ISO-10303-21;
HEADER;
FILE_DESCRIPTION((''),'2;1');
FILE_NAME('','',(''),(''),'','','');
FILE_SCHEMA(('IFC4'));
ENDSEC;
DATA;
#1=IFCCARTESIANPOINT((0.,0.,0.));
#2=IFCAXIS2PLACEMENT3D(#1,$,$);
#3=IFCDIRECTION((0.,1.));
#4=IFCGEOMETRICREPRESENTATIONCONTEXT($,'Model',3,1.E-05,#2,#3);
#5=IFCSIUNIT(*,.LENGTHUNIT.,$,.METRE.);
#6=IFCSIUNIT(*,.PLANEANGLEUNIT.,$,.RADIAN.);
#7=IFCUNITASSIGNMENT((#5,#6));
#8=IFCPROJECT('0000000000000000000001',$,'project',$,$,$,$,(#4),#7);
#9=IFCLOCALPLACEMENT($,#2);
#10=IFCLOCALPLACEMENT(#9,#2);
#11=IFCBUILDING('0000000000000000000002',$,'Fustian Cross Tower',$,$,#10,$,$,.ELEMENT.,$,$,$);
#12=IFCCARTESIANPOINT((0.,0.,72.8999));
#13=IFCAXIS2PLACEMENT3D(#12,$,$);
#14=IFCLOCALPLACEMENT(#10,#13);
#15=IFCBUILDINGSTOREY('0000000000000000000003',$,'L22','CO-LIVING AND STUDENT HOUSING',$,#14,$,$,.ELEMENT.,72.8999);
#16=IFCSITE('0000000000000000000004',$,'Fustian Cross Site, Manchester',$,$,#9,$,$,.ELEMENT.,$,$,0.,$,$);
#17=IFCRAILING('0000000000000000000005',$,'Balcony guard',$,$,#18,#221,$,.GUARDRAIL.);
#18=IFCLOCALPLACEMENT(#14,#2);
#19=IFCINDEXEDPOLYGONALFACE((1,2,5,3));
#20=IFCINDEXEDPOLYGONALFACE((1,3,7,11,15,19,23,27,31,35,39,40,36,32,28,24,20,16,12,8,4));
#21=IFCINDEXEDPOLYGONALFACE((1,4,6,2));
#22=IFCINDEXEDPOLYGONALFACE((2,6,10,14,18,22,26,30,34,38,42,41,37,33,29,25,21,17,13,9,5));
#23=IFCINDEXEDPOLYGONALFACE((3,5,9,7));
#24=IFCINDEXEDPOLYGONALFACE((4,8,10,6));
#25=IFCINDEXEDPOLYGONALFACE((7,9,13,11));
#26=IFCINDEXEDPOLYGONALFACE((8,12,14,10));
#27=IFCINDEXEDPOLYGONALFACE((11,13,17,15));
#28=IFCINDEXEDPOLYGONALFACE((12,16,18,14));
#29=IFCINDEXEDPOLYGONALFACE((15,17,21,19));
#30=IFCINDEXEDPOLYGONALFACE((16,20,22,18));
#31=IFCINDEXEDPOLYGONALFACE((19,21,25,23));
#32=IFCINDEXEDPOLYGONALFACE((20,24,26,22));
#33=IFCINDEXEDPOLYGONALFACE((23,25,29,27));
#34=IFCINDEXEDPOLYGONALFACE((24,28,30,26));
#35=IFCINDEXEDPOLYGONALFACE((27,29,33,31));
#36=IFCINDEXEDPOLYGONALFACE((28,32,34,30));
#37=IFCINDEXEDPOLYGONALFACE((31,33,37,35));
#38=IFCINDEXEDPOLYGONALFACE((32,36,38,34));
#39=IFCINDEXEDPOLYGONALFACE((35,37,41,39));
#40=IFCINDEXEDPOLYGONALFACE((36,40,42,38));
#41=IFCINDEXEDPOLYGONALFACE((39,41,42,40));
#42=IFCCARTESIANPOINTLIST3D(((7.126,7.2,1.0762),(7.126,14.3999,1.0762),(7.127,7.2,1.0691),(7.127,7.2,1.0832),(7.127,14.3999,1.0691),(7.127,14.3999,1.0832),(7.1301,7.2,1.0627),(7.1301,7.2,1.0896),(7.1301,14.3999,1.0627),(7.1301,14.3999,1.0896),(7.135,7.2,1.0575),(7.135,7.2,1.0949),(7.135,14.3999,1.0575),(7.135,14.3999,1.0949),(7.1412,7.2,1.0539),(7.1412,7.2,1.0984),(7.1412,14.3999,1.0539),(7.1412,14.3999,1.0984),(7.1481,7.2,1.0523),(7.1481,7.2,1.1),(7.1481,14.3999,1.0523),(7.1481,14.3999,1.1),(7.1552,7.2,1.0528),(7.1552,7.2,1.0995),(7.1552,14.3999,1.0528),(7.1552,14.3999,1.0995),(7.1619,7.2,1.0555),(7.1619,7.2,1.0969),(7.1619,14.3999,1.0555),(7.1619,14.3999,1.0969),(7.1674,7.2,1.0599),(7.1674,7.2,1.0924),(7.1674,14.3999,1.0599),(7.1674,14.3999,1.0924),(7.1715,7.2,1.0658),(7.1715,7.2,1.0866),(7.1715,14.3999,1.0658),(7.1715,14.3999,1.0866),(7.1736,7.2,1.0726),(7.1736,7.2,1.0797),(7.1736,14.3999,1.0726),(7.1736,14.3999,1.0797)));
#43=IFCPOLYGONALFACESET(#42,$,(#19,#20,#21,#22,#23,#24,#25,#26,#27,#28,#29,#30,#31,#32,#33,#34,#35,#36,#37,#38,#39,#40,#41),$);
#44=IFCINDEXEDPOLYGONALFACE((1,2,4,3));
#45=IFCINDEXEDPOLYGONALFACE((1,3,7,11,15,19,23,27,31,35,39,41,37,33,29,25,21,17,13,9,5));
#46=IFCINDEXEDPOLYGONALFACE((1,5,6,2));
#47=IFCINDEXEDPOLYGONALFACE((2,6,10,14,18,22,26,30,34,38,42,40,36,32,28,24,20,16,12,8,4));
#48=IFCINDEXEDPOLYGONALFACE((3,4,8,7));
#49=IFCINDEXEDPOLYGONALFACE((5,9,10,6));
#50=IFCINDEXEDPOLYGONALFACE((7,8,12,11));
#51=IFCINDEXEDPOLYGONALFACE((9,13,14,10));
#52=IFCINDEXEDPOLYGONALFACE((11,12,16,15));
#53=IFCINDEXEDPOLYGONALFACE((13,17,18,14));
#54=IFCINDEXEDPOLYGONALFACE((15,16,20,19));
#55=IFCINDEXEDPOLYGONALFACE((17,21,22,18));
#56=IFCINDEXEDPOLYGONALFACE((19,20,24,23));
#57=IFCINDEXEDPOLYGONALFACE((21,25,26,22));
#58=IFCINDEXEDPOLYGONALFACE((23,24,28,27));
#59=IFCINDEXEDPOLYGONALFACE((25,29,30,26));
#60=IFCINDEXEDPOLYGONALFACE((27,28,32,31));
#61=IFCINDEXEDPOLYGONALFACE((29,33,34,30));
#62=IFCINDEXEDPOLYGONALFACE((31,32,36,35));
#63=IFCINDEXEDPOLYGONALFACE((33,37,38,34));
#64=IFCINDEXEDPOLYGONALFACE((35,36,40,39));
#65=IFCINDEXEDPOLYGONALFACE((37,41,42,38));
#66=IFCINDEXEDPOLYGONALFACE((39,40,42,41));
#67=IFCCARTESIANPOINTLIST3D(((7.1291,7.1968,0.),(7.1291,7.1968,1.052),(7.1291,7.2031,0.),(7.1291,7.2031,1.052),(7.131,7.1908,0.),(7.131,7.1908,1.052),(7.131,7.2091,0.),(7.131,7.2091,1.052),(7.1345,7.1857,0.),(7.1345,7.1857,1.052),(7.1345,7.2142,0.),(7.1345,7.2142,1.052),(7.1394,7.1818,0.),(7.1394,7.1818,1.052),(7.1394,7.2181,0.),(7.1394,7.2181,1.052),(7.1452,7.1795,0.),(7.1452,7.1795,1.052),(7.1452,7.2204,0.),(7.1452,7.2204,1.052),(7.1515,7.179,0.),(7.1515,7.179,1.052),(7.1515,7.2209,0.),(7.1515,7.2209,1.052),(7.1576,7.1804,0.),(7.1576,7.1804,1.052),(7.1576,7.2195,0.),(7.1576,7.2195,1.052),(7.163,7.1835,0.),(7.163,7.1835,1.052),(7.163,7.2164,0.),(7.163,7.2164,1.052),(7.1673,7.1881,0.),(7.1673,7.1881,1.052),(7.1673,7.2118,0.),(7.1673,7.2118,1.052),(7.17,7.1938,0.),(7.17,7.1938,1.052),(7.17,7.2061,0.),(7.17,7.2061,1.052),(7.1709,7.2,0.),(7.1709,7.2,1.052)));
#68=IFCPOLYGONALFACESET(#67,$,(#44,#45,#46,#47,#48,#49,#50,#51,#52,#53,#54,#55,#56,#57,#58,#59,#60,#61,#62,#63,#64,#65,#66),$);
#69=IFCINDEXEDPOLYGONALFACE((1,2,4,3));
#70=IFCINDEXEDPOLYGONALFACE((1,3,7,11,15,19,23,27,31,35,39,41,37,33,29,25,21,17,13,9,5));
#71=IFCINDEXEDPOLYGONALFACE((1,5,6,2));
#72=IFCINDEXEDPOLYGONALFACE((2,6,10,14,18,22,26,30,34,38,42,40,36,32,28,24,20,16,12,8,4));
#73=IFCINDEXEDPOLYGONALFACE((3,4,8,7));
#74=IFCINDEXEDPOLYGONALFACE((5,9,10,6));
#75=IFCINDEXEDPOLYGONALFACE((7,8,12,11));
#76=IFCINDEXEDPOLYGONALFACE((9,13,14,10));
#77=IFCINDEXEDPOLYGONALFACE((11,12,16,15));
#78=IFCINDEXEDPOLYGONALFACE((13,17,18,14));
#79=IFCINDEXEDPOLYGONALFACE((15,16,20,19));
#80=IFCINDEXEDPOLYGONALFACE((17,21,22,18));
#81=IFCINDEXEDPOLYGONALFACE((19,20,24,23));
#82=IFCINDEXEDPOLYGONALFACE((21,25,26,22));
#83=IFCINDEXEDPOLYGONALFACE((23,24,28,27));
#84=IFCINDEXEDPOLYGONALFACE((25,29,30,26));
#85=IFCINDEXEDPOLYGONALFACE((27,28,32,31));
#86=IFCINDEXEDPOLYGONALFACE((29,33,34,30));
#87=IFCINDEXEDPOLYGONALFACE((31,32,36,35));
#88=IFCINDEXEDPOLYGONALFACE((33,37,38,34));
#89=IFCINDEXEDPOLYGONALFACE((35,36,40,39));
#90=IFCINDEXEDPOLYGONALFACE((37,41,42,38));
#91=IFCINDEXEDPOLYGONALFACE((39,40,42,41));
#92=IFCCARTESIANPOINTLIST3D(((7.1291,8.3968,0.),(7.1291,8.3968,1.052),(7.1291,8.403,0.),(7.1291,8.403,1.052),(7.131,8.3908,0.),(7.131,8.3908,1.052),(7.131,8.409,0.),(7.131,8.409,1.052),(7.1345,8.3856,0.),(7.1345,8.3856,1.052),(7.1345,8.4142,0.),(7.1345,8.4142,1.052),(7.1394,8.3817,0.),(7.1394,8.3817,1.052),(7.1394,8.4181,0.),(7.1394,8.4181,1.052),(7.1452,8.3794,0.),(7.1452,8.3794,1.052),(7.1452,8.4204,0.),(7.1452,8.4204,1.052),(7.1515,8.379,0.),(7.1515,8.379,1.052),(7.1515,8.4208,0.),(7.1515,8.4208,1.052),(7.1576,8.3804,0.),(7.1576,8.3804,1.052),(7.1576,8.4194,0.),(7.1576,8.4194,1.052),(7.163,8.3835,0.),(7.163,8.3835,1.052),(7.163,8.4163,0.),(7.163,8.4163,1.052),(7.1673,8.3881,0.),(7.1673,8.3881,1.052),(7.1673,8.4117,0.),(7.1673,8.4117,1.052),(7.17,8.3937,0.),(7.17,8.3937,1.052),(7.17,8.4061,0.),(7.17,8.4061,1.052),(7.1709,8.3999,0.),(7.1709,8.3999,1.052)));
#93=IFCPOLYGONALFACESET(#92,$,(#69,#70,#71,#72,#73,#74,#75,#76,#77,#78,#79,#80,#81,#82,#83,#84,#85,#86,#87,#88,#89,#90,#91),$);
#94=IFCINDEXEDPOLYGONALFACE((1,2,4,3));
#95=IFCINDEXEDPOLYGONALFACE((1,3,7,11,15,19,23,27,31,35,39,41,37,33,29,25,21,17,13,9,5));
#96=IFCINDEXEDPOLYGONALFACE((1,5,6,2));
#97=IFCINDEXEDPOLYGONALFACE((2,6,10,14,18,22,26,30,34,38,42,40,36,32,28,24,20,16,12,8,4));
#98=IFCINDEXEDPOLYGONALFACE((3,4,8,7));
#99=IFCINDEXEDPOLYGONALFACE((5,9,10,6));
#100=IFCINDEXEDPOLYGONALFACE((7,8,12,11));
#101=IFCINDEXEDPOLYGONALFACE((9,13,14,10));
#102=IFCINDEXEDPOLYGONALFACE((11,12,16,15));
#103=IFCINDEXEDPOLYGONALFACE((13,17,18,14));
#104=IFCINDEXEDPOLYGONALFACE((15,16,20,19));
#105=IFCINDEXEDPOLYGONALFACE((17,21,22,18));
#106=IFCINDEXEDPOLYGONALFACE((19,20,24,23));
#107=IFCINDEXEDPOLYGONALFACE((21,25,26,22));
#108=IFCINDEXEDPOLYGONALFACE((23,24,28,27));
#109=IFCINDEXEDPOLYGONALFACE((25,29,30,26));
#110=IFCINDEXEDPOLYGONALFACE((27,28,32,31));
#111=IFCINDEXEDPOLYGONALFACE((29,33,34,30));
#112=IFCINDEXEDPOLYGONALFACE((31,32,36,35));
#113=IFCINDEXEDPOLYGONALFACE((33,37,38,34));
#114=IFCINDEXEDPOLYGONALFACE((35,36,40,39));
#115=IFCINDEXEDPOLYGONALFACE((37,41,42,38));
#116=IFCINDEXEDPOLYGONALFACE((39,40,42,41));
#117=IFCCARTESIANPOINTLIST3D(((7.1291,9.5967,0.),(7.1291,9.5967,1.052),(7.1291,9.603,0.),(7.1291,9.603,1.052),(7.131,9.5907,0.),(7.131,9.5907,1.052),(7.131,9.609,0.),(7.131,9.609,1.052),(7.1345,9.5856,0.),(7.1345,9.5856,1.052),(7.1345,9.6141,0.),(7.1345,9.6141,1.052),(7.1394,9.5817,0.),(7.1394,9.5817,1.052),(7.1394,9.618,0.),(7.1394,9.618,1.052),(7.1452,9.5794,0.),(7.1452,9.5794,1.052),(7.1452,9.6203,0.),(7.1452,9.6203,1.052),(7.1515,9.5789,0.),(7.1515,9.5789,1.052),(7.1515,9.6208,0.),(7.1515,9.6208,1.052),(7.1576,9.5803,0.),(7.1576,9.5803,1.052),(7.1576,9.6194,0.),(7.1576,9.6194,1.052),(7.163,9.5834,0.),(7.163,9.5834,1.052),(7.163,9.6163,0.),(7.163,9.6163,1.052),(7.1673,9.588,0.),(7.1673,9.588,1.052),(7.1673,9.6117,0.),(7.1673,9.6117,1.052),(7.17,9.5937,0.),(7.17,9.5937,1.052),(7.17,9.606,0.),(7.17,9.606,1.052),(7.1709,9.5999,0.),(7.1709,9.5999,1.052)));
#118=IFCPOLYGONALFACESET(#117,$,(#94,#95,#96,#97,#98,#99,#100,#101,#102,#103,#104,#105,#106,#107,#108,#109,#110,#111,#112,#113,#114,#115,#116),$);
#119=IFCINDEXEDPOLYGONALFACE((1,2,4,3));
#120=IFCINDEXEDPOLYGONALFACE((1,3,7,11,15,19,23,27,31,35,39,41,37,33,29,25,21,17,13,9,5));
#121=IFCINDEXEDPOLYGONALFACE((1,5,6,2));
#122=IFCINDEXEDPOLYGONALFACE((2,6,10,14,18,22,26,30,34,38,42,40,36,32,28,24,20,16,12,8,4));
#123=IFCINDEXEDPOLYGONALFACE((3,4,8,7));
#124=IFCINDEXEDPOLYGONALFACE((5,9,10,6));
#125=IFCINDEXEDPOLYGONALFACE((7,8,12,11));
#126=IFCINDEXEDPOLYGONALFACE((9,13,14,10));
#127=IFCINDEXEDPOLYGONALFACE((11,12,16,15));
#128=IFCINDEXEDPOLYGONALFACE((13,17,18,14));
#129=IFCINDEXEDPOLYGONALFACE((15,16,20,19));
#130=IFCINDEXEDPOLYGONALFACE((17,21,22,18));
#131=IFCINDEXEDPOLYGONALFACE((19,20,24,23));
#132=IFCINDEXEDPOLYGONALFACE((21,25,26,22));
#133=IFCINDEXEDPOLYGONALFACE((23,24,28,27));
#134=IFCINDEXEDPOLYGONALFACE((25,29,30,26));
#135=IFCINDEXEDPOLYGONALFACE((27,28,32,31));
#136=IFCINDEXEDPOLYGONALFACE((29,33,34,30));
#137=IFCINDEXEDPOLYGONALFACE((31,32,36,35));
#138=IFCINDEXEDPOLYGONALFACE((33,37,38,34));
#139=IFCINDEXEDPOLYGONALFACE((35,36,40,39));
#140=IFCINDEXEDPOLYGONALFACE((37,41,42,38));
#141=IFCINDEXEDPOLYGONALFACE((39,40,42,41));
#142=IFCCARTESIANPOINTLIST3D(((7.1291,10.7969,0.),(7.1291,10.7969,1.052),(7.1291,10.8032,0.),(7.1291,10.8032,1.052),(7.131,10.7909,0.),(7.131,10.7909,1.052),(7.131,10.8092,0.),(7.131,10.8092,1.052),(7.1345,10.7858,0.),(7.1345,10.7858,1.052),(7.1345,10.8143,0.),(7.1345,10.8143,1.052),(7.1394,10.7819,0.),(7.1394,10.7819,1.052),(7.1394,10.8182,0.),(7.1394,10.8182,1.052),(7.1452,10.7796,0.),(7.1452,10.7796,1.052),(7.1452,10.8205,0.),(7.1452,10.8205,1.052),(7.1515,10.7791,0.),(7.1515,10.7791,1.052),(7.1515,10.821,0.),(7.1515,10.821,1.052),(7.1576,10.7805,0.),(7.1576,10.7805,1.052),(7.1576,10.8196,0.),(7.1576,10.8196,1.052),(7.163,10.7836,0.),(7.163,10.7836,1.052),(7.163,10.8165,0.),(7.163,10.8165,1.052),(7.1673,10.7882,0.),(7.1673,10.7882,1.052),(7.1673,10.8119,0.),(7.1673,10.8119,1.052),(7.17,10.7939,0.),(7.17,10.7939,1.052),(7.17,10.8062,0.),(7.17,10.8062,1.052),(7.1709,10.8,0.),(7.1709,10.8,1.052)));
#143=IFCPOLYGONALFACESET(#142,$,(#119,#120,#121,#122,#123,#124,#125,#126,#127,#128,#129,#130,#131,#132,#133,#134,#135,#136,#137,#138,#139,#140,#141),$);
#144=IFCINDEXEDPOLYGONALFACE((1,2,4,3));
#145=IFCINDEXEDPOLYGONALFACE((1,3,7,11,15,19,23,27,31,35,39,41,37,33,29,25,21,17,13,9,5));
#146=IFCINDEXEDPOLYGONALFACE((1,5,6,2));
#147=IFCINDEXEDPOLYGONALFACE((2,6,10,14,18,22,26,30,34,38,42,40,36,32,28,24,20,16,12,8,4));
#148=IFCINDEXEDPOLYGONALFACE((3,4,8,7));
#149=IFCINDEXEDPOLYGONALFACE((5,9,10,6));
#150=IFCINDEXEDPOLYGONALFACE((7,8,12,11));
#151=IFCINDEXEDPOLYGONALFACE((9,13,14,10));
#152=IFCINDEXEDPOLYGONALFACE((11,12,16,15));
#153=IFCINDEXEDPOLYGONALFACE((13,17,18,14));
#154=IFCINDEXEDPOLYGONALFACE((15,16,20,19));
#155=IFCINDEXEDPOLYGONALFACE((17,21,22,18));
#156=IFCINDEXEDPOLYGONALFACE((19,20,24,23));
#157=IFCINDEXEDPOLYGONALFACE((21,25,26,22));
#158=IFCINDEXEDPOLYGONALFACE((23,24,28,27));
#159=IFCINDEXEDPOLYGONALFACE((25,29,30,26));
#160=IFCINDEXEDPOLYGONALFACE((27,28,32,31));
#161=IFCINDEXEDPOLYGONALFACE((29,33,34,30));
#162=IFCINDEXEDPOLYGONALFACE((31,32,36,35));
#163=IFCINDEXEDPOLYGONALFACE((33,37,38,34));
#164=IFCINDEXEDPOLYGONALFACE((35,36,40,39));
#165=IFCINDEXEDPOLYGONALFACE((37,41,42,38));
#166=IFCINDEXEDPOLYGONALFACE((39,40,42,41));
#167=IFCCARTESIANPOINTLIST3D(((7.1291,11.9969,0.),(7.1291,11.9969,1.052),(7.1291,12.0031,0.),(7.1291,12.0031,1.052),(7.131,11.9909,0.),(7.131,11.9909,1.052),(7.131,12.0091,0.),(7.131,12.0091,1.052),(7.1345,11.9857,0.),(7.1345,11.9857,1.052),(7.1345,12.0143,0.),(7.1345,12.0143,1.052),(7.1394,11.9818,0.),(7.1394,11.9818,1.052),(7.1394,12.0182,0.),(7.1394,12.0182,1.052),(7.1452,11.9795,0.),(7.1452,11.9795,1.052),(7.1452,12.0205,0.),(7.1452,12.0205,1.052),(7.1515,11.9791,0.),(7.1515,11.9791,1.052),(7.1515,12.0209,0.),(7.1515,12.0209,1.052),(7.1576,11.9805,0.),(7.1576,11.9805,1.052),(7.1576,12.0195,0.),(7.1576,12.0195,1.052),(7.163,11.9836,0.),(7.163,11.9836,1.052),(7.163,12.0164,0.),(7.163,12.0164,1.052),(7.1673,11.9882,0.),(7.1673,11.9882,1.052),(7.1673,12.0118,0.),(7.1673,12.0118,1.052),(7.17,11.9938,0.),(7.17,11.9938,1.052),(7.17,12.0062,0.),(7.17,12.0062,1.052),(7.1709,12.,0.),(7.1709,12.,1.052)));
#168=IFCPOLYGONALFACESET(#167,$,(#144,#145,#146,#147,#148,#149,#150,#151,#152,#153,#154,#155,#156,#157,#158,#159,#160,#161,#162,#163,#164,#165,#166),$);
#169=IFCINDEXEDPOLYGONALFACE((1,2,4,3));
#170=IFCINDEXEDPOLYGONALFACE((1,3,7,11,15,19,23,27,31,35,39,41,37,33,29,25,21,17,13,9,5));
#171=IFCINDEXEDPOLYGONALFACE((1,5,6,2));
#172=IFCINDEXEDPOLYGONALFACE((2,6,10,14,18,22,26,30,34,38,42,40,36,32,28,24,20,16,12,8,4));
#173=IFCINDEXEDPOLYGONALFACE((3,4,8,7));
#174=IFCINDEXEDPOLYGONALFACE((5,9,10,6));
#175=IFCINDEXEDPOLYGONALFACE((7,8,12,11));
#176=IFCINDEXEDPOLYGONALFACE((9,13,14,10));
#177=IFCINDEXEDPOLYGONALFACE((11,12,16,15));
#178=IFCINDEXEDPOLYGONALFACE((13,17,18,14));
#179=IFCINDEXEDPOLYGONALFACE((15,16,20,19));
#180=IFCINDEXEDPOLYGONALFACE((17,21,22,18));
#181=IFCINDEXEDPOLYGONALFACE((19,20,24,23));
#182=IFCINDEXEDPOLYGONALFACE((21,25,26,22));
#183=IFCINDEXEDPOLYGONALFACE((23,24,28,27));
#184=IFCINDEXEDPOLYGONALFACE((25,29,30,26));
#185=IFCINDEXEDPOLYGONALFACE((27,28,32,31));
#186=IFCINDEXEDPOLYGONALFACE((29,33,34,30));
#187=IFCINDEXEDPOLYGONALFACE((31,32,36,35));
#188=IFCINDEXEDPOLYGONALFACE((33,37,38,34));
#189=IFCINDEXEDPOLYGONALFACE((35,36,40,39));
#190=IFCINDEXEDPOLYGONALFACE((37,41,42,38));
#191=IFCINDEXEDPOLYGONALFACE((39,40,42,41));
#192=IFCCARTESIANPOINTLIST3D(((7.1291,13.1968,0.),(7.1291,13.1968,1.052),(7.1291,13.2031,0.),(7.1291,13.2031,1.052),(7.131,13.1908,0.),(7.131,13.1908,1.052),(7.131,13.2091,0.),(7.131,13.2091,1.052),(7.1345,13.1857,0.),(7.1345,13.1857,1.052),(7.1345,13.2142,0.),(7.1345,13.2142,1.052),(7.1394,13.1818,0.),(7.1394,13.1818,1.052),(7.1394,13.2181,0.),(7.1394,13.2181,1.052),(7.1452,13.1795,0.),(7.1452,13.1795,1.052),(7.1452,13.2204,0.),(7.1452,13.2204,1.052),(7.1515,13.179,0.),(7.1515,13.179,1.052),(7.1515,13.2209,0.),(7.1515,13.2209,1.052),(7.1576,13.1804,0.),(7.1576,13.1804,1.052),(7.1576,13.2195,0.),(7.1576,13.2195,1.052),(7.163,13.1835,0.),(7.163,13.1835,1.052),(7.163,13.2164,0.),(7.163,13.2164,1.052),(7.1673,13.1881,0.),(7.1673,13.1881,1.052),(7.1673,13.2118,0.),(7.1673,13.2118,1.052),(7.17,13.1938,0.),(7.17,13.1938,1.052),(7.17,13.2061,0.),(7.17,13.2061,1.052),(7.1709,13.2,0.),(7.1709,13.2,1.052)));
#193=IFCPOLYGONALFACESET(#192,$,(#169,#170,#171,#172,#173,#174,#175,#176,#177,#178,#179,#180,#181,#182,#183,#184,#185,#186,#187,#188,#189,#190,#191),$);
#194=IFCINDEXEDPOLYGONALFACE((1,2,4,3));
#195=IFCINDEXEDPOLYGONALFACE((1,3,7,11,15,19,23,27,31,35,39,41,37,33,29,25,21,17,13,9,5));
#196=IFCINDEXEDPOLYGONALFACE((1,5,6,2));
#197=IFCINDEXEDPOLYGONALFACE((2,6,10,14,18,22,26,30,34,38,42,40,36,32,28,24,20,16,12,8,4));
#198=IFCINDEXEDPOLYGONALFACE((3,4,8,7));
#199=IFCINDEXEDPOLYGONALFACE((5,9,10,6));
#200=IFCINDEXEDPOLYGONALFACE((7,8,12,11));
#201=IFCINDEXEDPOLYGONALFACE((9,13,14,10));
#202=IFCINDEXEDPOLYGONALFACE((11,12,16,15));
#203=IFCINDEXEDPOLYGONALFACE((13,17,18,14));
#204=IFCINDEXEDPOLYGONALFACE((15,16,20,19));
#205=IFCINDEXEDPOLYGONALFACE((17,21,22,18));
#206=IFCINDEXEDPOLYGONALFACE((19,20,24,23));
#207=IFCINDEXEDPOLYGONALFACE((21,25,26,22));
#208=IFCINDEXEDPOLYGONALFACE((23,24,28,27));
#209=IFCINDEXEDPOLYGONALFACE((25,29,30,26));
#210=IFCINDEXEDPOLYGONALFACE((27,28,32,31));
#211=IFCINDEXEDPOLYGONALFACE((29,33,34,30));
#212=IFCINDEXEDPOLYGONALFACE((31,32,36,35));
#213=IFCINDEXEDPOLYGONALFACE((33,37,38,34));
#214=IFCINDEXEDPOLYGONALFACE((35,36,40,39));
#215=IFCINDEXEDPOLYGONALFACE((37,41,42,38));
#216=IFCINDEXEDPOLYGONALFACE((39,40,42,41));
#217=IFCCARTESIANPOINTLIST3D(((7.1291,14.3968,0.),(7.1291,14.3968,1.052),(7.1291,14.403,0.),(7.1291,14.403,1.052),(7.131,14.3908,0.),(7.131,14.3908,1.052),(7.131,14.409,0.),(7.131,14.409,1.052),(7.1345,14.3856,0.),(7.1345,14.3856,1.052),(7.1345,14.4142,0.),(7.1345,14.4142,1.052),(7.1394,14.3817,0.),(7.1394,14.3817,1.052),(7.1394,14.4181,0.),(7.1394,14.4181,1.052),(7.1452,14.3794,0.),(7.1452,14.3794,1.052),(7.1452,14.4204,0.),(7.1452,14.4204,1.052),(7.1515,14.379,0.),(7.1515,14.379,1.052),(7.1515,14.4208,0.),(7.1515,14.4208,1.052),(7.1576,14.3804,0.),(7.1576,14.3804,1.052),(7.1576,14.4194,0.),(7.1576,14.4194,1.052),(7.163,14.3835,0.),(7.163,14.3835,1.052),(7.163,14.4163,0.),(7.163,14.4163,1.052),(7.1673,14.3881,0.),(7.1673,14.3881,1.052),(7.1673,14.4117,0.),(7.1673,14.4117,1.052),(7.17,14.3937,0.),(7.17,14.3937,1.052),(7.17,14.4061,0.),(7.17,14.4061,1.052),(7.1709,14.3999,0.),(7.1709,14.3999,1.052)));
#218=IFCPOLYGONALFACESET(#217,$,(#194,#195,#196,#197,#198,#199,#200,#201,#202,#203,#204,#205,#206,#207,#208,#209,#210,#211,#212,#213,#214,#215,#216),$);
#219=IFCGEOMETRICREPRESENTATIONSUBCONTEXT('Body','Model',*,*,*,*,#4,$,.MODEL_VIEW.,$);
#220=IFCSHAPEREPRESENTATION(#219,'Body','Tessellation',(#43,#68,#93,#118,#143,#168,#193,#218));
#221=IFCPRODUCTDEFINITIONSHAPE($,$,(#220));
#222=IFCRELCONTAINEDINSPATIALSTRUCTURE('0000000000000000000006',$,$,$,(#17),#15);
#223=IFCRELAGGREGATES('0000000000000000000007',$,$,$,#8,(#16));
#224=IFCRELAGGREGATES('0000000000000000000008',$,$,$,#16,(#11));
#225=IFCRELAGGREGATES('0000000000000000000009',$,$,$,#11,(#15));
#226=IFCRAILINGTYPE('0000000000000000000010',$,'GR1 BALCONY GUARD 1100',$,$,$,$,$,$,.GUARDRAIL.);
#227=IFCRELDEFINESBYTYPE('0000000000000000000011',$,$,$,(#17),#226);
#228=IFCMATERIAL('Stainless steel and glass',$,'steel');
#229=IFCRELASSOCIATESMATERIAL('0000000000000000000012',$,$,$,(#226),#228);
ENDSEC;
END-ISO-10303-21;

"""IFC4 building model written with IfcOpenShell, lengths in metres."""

from ifc_helpers import new_model, si_unit, direction, frame, origin, origin_2d, place, context, subcontext, project, spatial, circle, extrude, material, type_object, element, save


model = new_model("IFC4")

# Units and contexts
model_context = context("Model", 3, precision=1e-05, world=origin(), true_north=direction((0.0, 1.0)))
body_context = subcontext(model_context, "Body", "Model", "MODEL_VIEW")
ifc_project = project(units=[si_unit("LENGTHUNIT", "METRE"), si_unit("PLANEANGLEUNIT", "RADIAN")], contexts=[model_context])

# Site, building, storey
site_placement = place(None, origin())
site = spatial("IfcSite", under=ifc_project, at=site_placement, Name="Fustian Cross Site, Manchester", CompositionType="ELEMENT", RefElevation=0.0)
building_placement = place(site_placement, origin())
building = spatial("IfcBuilding", under=site, at=building_placement, Name="Fustian Cross Tower", CompositionType="ELEMENT")
storey_placement = place(building_placement, frame((0.0, 0.0, 72.8999)))
storey = spatial("IfcBuildingStorey", under=building, at=storey_placement, Name="L22", Description="CO-LIVING AND STUDENT HOUSING", CompositionType="ELEMENT", Elevation=72.8999)

# Railing
ifc_material_1 = material(Name="Stainless steel and glass", Category="steel")
railing_type = type_object("IfcRailingType", Name="GR1 BALCONY GUARD 1100", PredefinedType="GUARDRAIL", material=ifc_material_1)
railing_placement = place(storey_placement, frame((7.1499, 7.2, 0.0)))
element("IfcRailing", 1, at=railing_placement, inside=storey, type_object=railing_type, Name="Balcony guard", PredefinedType="GUARDRAIL", context=body_context, shape_type="SweptSolid", body=[
    extrude(circle(Radius=0.0239, at=origin_2d()), frame((0.0, 0.0, 1.0762), z_axis=(0.0, 1.0, 0.0), x_axis=(-1.0, 0.0, 0.0)), (0.0, 0.0, 1.0), 7.2),
    extrude(circle(Radius=0.021, at=origin_2d()), origin(), (0.0, 0.0, 1.0), 1.052),
    extrude(circle(Radius=0.021, at=origin_2d()), frame((0.0, 1.2, 0.0)), (0.0, 0.0, 1.0), 1.052),
    extrude(circle(Radius=0.021, at=origin_2d()), frame((0.0, 2.3999, 0.0)), (0.0, 0.0, 1.0), 1.052),
    extrude(circle(Radius=0.021, at=origin_2d()), frame((0.0, 3.6001, 0.0)), (0.0, 0.0, 1.0), 1.052),
    extrude(circle(Radius=0.021, at=origin_2d()), frame((0.0, 4.8, 0.0)), (0.0, 0.0, 1.0), 1.052),
    extrude(circle(Radius=0.021, at=origin_2d()), frame((0.0, 6.0, 0.0)), (0.0, 0.0, 1.0), 1.052),
    extrude(circle(Radius=0.021, at=origin_2d()), frame((0.0, 7.2, 0.0)), (0.0, 0.0, 1.0), 1.052),
])

save(model, "model.ifc")
